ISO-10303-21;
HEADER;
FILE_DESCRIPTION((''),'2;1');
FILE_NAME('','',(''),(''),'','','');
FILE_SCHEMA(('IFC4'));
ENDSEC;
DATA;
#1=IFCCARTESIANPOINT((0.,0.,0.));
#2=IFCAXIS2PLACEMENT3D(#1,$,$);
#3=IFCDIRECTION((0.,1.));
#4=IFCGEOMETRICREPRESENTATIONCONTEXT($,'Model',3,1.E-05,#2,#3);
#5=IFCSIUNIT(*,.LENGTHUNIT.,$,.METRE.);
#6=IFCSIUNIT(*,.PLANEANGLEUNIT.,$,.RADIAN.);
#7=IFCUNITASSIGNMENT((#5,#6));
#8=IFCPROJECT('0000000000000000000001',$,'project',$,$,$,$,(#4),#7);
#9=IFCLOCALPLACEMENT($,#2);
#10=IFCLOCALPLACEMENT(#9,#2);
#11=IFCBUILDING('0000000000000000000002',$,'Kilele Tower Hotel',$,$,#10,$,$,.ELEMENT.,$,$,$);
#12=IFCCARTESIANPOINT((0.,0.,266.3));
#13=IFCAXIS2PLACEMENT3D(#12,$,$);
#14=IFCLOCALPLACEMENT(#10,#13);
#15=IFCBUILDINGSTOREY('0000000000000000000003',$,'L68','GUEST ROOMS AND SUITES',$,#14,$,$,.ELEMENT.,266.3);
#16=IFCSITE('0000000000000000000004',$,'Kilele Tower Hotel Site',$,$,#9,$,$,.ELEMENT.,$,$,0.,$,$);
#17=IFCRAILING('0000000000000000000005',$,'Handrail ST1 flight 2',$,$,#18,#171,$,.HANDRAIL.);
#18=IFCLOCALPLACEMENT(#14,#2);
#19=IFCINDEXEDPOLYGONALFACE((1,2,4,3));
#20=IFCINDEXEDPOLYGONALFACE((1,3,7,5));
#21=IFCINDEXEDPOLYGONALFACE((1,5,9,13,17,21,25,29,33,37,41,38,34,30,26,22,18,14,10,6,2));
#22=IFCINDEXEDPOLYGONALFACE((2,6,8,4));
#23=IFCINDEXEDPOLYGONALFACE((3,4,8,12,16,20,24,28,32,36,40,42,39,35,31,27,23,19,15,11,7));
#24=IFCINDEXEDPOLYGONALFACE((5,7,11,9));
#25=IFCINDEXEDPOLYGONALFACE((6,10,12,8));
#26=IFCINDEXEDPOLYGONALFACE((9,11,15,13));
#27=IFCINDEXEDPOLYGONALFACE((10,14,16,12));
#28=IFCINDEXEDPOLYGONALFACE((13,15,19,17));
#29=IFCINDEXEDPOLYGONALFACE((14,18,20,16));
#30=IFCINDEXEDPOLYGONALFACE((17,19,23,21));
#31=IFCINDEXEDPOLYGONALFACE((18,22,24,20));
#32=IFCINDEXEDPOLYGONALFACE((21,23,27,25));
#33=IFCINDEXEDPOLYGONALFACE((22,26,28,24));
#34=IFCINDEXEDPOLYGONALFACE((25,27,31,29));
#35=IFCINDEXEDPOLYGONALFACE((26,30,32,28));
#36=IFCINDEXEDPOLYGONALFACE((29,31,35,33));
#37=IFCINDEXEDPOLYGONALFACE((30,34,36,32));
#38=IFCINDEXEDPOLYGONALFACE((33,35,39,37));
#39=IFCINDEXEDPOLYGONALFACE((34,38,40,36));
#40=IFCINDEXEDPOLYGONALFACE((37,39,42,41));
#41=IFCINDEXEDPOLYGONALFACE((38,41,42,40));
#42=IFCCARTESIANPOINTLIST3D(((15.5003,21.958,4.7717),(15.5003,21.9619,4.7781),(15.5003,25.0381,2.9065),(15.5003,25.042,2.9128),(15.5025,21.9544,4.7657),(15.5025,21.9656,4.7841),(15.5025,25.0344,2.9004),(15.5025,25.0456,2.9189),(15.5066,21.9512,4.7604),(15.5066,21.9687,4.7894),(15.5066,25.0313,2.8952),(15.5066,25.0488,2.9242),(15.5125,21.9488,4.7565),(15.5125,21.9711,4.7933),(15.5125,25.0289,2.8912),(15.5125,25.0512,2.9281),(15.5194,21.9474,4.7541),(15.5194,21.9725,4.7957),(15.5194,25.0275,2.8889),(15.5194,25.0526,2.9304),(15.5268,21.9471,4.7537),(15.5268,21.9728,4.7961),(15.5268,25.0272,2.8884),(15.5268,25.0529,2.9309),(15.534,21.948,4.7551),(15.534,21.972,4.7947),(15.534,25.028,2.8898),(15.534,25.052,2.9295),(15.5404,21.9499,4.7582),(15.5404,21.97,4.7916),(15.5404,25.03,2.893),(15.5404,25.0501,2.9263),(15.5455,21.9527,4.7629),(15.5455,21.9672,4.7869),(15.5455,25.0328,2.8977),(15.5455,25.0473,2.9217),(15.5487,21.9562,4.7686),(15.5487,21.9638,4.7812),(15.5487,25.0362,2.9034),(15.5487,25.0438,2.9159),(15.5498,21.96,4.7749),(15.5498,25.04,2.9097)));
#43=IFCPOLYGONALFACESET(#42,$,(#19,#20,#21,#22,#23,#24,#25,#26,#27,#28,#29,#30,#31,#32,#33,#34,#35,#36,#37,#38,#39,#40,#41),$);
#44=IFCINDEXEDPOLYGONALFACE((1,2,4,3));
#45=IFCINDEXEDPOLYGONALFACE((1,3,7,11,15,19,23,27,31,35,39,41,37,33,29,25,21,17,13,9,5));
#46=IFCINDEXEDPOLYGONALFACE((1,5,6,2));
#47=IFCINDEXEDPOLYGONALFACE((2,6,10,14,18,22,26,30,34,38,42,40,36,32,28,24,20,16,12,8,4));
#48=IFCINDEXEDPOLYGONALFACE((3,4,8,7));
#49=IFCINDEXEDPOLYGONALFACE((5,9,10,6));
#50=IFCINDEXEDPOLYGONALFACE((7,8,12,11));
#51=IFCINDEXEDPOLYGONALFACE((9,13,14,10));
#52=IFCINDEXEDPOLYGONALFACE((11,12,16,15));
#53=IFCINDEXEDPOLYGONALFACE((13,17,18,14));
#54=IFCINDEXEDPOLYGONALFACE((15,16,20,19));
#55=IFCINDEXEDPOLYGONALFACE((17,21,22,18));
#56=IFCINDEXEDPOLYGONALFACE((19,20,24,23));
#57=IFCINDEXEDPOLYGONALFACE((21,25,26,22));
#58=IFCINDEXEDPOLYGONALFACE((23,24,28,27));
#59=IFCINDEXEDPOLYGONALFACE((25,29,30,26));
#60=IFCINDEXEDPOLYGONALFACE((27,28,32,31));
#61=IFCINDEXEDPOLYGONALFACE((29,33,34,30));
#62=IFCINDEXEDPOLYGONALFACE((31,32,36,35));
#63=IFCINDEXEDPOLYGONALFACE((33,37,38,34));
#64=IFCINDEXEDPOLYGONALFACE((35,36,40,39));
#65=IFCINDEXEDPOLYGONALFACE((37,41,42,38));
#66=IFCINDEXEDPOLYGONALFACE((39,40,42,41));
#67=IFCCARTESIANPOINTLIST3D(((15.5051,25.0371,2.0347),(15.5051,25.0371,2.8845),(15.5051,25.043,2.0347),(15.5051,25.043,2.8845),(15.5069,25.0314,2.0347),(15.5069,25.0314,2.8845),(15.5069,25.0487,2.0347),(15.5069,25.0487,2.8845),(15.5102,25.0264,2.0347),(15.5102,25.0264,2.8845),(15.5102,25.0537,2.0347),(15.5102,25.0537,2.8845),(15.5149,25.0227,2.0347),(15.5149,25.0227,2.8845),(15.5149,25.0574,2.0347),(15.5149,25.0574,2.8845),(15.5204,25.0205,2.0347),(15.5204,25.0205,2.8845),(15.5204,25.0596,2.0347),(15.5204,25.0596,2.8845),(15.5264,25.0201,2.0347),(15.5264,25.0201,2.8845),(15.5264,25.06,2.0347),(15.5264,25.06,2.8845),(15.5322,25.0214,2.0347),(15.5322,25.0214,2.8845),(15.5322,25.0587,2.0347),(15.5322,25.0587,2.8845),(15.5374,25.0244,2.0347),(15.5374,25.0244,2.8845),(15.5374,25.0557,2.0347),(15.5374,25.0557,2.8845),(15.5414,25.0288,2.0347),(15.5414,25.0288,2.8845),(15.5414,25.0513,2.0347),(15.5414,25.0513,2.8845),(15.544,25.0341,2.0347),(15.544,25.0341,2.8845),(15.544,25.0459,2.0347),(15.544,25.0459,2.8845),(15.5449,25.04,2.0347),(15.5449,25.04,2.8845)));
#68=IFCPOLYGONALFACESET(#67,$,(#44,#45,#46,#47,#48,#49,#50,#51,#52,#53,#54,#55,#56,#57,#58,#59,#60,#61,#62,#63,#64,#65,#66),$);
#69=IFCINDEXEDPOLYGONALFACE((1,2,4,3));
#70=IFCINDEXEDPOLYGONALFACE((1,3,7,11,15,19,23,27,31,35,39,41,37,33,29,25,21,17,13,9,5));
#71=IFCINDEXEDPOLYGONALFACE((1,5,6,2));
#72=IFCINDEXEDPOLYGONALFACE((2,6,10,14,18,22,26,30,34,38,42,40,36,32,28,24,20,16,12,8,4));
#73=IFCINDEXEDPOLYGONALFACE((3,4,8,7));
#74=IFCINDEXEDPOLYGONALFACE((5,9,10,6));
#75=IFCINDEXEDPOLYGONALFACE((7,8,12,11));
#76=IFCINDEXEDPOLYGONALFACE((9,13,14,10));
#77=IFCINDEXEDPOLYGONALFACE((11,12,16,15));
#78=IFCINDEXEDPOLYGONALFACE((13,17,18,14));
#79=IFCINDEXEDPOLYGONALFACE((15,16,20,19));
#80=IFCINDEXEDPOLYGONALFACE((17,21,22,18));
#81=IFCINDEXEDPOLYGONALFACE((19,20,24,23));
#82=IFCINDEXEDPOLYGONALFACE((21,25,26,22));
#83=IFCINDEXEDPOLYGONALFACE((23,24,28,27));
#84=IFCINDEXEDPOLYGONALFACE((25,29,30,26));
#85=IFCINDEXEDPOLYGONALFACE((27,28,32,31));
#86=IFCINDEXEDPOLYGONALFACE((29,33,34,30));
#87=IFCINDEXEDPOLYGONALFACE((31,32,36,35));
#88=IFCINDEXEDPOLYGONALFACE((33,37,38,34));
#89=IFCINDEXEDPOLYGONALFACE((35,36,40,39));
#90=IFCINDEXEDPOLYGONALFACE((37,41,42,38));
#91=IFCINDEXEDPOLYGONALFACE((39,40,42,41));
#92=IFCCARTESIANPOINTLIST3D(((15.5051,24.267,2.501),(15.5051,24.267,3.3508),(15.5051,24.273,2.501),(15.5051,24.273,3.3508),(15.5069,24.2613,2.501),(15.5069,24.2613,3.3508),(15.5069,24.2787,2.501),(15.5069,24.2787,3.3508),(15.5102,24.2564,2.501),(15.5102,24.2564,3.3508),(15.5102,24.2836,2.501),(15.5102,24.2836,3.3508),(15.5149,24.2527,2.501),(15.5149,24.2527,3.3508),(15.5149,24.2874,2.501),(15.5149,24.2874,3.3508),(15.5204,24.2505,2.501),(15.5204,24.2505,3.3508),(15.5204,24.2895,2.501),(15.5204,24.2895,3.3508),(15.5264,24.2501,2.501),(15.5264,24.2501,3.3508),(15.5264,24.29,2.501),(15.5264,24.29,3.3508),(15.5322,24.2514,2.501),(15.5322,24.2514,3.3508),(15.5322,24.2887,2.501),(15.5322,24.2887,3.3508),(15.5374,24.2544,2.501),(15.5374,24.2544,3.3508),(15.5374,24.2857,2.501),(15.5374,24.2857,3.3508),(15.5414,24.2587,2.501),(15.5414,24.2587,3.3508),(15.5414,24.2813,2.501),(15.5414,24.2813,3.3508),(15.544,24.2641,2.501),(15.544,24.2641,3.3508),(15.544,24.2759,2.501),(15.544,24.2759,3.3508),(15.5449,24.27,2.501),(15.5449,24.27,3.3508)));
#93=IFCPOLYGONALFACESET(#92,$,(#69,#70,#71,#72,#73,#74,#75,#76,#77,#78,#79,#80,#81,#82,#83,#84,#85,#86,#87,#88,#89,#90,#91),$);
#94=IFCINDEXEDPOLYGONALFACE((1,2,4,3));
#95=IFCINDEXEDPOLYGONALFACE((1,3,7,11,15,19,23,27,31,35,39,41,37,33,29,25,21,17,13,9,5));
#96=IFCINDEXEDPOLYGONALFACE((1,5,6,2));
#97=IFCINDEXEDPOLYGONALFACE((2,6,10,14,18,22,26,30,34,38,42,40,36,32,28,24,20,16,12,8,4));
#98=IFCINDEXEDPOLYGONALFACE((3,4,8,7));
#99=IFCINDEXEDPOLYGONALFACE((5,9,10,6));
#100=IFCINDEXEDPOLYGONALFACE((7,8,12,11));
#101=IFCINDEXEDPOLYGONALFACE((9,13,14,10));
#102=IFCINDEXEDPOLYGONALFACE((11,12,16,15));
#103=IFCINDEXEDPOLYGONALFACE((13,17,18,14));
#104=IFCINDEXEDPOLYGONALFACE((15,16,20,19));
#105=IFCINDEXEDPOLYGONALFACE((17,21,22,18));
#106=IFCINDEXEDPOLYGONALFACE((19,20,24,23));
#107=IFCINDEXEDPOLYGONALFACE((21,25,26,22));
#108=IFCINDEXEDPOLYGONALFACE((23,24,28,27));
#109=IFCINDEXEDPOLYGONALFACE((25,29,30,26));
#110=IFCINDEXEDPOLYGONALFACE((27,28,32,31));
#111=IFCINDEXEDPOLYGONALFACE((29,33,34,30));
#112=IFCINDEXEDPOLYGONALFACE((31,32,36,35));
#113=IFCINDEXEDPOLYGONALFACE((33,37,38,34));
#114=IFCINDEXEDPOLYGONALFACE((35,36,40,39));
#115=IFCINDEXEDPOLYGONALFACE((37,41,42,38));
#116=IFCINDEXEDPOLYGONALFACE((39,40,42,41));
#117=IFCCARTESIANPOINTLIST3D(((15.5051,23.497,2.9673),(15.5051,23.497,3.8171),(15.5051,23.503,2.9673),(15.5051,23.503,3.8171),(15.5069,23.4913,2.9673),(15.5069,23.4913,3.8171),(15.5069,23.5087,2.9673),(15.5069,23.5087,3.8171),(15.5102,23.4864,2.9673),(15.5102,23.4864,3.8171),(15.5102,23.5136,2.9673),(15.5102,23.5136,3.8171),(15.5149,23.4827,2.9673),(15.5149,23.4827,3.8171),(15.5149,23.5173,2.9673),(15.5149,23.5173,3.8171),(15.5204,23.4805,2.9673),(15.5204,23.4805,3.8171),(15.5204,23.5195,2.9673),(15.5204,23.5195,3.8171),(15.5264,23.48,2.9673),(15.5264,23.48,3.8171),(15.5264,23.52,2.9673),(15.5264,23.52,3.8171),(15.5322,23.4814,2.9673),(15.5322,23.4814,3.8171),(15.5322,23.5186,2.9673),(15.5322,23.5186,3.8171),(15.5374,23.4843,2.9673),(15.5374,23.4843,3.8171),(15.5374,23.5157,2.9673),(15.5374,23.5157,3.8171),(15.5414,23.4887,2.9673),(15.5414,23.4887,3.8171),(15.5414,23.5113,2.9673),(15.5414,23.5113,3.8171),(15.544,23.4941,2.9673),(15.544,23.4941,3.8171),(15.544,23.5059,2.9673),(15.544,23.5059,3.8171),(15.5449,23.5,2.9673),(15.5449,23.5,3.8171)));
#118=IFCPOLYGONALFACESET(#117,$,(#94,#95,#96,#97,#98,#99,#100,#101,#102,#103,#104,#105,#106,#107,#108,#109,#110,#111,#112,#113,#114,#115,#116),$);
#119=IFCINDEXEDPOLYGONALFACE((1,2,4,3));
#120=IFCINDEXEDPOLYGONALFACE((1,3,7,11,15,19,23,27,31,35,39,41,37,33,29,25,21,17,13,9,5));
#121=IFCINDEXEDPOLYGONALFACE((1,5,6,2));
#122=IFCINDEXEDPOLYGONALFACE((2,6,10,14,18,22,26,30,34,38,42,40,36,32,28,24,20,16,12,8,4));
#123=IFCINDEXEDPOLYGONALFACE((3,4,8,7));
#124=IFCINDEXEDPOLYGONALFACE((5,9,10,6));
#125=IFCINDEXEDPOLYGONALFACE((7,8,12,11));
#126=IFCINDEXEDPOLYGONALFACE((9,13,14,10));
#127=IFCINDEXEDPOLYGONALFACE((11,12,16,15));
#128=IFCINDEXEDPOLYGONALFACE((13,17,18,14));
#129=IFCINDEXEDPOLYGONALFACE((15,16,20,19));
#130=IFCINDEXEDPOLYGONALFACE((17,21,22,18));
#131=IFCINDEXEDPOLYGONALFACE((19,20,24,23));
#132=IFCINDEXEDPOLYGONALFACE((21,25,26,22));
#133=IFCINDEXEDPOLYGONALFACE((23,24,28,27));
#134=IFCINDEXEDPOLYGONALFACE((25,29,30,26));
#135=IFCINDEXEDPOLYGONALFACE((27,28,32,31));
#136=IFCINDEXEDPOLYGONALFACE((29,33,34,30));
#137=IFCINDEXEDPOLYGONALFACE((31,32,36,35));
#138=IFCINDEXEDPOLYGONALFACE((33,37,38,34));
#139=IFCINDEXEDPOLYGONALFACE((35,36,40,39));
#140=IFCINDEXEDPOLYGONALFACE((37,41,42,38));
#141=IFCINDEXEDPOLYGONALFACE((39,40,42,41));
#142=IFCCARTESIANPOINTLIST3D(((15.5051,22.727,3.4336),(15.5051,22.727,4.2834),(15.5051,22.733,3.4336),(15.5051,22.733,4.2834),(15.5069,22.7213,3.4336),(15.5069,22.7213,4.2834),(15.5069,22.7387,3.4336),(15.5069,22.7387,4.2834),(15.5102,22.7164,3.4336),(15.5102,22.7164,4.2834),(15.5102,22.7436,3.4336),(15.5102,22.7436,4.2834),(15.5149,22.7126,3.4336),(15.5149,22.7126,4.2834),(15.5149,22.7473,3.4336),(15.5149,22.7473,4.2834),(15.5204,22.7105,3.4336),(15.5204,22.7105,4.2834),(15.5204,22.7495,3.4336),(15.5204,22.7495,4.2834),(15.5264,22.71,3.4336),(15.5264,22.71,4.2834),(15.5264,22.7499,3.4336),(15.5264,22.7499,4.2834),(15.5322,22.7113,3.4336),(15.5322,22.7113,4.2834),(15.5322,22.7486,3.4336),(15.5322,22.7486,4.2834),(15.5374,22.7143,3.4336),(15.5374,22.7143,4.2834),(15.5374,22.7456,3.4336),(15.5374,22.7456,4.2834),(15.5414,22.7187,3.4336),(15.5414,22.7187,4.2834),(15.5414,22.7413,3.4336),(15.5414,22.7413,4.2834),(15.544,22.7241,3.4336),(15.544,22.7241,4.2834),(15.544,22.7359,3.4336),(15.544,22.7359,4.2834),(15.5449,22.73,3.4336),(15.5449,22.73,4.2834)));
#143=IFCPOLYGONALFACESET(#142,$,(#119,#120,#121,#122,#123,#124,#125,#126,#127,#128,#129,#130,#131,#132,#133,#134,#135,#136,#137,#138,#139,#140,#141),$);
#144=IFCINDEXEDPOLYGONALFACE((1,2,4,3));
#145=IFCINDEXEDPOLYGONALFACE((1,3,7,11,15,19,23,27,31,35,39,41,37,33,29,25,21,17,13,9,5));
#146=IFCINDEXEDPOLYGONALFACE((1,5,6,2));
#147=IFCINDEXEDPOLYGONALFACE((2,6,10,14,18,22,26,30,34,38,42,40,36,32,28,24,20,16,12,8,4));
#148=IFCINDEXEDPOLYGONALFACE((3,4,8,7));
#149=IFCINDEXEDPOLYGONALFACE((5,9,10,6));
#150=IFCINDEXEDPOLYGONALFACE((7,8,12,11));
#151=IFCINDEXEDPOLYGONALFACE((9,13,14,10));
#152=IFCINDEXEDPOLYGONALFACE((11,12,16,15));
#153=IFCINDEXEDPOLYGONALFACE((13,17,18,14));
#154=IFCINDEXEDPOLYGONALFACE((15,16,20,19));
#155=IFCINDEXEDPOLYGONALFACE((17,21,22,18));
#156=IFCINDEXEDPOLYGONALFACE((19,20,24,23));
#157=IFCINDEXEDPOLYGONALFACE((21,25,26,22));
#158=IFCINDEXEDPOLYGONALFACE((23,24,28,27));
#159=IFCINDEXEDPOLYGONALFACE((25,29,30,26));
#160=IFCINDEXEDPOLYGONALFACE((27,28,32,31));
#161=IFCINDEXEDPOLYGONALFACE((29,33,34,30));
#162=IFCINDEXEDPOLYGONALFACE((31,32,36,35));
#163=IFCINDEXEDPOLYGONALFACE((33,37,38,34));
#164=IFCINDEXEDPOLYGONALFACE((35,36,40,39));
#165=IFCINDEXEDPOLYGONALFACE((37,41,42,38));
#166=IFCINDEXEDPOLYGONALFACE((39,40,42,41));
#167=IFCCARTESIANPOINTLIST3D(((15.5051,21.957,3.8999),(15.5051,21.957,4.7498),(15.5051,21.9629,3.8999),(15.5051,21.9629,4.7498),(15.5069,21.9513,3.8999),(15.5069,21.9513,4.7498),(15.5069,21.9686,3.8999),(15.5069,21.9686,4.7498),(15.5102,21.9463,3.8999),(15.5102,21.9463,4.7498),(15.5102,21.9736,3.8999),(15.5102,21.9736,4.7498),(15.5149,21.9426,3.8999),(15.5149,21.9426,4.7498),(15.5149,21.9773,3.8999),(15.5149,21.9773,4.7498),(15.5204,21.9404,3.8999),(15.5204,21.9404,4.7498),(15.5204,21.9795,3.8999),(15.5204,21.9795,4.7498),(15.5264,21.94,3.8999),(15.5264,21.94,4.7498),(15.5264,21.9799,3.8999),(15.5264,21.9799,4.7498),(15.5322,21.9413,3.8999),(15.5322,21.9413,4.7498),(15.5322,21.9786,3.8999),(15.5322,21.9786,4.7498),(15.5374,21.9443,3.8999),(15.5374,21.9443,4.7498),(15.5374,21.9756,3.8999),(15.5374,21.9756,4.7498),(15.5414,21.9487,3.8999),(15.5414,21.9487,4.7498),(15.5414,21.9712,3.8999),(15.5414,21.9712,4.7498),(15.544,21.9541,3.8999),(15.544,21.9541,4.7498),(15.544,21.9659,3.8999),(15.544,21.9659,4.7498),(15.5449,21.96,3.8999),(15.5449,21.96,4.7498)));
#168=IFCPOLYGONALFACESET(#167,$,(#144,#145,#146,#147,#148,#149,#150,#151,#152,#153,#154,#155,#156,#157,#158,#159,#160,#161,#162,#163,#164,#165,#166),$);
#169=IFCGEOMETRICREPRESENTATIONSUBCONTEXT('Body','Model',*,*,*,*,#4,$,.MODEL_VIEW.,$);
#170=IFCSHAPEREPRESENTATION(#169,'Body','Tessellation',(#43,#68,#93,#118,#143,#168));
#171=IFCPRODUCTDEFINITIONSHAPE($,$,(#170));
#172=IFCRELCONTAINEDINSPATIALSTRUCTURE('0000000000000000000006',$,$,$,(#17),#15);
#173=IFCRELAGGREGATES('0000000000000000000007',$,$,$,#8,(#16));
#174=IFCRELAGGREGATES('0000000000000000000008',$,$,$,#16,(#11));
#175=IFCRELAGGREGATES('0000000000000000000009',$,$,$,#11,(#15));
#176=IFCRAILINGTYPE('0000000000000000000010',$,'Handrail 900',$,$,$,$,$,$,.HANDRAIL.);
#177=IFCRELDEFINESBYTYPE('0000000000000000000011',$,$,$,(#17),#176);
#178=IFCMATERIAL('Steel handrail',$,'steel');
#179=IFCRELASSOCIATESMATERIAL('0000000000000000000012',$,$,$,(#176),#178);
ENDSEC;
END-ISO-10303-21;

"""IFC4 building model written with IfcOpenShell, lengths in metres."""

from ifc_helpers import new_model, si_unit, direction, frame, origin, origin_2d, place, context, subcontext, project, spatial, circle, extrude, material, type_object, element, save


model = new_model("IFC4")

# Units and contexts
model_context = context("Model", 3, precision=1e-05, world=origin(), true_north=direction((0.0, 1.0)))
body_context = subcontext(model_context, "Body", "Model", "MODEL_VIEW")
ifc_project = project(units=[si_unit("LENGTHUNIT", "METRE"), si_unit("PLANEANGLEUNIT", "RADIAN")], contexts=[model_context])

# Site, building, storey
site_placement = place(None, origin())
site = spatial("IfcSite", under=ifc_project, at=site_placement, Name="Kilele Tower Hotel Site", CompositionType="ELEMENT", RefElevation=0.0)
building_placement = place(site_placement, origin())
building = spatial("IfcBuilding", under=site, at=building_placement, Name="Kilele Tower Hotel", CompositionType="ELEMENT")
storey_placement = place(building_placement, frame((0.0, 0.0, 266.3)))
storey = spatial("IfcBuildingStorey", under=building, at=storey_placement, Name="L68", Description="GUEST ROOMS AND SUITES", CompositionType="ELEMENT", Elevation=266.3)

# Railing
ifc_material_1 = material(Name="Steel handrail", Category="steel")
railing_type_1 = type_object("IfcRailingType", Name="Handrail 900", PredefinedType="HANDRAIL", material=ifc_material_1)
for number, where, name in (
    (1, (15.5249, 25.04, 2.0347), "Handrail ST1 flight 2"),
):
    element("IfcRailing", number, at=place(storey_placement, frame(where)), inside=storey, type_object=railing_type_1, Name=name, PredefinedType="HANDRAIL", context=body_context, shape_type="SweptSolid", body=[
        extrude(circle(Radius=0.0249, at=origin_2d()), frame((0.0, 0.0, 0.875), z_axis=(0.0, -0.85538, 0.518001), x_axis=(1.0, 0.0, 0.0)), (0.0, 0.0, 1.0), 3.6008),
        extrude(circle(Radius=0.02, at=origin_2d()), origin(), (0.0, 0.0, 1.0), 0.8499),
        extrude(circle(Radius=0.02, at=origin_2d()), frame((0.0, -0.77, 0.4663)), (0.0, 0.0, 1.0), 0.8499),
        extrude(circle(Radius=0.02, at=origin_2d()), frame((0.0, -1.54, 0.9326)), (0.0, 0.0, 1.0), 0.8499),
        extrude(circle(Radius=0.02, at=origin_2d()), frame((0.0, -2.3101, 1.3989)), (0.0, 0.0, 1.0), 0.8499),
        extrude(circle(Radius=0.02, at=origin_2d()), frame((0.0, -3.0801, 1.8652)), (0.0, 0.0, 1.0), 0.8499),
    ])

save(model, "model.ifc")
